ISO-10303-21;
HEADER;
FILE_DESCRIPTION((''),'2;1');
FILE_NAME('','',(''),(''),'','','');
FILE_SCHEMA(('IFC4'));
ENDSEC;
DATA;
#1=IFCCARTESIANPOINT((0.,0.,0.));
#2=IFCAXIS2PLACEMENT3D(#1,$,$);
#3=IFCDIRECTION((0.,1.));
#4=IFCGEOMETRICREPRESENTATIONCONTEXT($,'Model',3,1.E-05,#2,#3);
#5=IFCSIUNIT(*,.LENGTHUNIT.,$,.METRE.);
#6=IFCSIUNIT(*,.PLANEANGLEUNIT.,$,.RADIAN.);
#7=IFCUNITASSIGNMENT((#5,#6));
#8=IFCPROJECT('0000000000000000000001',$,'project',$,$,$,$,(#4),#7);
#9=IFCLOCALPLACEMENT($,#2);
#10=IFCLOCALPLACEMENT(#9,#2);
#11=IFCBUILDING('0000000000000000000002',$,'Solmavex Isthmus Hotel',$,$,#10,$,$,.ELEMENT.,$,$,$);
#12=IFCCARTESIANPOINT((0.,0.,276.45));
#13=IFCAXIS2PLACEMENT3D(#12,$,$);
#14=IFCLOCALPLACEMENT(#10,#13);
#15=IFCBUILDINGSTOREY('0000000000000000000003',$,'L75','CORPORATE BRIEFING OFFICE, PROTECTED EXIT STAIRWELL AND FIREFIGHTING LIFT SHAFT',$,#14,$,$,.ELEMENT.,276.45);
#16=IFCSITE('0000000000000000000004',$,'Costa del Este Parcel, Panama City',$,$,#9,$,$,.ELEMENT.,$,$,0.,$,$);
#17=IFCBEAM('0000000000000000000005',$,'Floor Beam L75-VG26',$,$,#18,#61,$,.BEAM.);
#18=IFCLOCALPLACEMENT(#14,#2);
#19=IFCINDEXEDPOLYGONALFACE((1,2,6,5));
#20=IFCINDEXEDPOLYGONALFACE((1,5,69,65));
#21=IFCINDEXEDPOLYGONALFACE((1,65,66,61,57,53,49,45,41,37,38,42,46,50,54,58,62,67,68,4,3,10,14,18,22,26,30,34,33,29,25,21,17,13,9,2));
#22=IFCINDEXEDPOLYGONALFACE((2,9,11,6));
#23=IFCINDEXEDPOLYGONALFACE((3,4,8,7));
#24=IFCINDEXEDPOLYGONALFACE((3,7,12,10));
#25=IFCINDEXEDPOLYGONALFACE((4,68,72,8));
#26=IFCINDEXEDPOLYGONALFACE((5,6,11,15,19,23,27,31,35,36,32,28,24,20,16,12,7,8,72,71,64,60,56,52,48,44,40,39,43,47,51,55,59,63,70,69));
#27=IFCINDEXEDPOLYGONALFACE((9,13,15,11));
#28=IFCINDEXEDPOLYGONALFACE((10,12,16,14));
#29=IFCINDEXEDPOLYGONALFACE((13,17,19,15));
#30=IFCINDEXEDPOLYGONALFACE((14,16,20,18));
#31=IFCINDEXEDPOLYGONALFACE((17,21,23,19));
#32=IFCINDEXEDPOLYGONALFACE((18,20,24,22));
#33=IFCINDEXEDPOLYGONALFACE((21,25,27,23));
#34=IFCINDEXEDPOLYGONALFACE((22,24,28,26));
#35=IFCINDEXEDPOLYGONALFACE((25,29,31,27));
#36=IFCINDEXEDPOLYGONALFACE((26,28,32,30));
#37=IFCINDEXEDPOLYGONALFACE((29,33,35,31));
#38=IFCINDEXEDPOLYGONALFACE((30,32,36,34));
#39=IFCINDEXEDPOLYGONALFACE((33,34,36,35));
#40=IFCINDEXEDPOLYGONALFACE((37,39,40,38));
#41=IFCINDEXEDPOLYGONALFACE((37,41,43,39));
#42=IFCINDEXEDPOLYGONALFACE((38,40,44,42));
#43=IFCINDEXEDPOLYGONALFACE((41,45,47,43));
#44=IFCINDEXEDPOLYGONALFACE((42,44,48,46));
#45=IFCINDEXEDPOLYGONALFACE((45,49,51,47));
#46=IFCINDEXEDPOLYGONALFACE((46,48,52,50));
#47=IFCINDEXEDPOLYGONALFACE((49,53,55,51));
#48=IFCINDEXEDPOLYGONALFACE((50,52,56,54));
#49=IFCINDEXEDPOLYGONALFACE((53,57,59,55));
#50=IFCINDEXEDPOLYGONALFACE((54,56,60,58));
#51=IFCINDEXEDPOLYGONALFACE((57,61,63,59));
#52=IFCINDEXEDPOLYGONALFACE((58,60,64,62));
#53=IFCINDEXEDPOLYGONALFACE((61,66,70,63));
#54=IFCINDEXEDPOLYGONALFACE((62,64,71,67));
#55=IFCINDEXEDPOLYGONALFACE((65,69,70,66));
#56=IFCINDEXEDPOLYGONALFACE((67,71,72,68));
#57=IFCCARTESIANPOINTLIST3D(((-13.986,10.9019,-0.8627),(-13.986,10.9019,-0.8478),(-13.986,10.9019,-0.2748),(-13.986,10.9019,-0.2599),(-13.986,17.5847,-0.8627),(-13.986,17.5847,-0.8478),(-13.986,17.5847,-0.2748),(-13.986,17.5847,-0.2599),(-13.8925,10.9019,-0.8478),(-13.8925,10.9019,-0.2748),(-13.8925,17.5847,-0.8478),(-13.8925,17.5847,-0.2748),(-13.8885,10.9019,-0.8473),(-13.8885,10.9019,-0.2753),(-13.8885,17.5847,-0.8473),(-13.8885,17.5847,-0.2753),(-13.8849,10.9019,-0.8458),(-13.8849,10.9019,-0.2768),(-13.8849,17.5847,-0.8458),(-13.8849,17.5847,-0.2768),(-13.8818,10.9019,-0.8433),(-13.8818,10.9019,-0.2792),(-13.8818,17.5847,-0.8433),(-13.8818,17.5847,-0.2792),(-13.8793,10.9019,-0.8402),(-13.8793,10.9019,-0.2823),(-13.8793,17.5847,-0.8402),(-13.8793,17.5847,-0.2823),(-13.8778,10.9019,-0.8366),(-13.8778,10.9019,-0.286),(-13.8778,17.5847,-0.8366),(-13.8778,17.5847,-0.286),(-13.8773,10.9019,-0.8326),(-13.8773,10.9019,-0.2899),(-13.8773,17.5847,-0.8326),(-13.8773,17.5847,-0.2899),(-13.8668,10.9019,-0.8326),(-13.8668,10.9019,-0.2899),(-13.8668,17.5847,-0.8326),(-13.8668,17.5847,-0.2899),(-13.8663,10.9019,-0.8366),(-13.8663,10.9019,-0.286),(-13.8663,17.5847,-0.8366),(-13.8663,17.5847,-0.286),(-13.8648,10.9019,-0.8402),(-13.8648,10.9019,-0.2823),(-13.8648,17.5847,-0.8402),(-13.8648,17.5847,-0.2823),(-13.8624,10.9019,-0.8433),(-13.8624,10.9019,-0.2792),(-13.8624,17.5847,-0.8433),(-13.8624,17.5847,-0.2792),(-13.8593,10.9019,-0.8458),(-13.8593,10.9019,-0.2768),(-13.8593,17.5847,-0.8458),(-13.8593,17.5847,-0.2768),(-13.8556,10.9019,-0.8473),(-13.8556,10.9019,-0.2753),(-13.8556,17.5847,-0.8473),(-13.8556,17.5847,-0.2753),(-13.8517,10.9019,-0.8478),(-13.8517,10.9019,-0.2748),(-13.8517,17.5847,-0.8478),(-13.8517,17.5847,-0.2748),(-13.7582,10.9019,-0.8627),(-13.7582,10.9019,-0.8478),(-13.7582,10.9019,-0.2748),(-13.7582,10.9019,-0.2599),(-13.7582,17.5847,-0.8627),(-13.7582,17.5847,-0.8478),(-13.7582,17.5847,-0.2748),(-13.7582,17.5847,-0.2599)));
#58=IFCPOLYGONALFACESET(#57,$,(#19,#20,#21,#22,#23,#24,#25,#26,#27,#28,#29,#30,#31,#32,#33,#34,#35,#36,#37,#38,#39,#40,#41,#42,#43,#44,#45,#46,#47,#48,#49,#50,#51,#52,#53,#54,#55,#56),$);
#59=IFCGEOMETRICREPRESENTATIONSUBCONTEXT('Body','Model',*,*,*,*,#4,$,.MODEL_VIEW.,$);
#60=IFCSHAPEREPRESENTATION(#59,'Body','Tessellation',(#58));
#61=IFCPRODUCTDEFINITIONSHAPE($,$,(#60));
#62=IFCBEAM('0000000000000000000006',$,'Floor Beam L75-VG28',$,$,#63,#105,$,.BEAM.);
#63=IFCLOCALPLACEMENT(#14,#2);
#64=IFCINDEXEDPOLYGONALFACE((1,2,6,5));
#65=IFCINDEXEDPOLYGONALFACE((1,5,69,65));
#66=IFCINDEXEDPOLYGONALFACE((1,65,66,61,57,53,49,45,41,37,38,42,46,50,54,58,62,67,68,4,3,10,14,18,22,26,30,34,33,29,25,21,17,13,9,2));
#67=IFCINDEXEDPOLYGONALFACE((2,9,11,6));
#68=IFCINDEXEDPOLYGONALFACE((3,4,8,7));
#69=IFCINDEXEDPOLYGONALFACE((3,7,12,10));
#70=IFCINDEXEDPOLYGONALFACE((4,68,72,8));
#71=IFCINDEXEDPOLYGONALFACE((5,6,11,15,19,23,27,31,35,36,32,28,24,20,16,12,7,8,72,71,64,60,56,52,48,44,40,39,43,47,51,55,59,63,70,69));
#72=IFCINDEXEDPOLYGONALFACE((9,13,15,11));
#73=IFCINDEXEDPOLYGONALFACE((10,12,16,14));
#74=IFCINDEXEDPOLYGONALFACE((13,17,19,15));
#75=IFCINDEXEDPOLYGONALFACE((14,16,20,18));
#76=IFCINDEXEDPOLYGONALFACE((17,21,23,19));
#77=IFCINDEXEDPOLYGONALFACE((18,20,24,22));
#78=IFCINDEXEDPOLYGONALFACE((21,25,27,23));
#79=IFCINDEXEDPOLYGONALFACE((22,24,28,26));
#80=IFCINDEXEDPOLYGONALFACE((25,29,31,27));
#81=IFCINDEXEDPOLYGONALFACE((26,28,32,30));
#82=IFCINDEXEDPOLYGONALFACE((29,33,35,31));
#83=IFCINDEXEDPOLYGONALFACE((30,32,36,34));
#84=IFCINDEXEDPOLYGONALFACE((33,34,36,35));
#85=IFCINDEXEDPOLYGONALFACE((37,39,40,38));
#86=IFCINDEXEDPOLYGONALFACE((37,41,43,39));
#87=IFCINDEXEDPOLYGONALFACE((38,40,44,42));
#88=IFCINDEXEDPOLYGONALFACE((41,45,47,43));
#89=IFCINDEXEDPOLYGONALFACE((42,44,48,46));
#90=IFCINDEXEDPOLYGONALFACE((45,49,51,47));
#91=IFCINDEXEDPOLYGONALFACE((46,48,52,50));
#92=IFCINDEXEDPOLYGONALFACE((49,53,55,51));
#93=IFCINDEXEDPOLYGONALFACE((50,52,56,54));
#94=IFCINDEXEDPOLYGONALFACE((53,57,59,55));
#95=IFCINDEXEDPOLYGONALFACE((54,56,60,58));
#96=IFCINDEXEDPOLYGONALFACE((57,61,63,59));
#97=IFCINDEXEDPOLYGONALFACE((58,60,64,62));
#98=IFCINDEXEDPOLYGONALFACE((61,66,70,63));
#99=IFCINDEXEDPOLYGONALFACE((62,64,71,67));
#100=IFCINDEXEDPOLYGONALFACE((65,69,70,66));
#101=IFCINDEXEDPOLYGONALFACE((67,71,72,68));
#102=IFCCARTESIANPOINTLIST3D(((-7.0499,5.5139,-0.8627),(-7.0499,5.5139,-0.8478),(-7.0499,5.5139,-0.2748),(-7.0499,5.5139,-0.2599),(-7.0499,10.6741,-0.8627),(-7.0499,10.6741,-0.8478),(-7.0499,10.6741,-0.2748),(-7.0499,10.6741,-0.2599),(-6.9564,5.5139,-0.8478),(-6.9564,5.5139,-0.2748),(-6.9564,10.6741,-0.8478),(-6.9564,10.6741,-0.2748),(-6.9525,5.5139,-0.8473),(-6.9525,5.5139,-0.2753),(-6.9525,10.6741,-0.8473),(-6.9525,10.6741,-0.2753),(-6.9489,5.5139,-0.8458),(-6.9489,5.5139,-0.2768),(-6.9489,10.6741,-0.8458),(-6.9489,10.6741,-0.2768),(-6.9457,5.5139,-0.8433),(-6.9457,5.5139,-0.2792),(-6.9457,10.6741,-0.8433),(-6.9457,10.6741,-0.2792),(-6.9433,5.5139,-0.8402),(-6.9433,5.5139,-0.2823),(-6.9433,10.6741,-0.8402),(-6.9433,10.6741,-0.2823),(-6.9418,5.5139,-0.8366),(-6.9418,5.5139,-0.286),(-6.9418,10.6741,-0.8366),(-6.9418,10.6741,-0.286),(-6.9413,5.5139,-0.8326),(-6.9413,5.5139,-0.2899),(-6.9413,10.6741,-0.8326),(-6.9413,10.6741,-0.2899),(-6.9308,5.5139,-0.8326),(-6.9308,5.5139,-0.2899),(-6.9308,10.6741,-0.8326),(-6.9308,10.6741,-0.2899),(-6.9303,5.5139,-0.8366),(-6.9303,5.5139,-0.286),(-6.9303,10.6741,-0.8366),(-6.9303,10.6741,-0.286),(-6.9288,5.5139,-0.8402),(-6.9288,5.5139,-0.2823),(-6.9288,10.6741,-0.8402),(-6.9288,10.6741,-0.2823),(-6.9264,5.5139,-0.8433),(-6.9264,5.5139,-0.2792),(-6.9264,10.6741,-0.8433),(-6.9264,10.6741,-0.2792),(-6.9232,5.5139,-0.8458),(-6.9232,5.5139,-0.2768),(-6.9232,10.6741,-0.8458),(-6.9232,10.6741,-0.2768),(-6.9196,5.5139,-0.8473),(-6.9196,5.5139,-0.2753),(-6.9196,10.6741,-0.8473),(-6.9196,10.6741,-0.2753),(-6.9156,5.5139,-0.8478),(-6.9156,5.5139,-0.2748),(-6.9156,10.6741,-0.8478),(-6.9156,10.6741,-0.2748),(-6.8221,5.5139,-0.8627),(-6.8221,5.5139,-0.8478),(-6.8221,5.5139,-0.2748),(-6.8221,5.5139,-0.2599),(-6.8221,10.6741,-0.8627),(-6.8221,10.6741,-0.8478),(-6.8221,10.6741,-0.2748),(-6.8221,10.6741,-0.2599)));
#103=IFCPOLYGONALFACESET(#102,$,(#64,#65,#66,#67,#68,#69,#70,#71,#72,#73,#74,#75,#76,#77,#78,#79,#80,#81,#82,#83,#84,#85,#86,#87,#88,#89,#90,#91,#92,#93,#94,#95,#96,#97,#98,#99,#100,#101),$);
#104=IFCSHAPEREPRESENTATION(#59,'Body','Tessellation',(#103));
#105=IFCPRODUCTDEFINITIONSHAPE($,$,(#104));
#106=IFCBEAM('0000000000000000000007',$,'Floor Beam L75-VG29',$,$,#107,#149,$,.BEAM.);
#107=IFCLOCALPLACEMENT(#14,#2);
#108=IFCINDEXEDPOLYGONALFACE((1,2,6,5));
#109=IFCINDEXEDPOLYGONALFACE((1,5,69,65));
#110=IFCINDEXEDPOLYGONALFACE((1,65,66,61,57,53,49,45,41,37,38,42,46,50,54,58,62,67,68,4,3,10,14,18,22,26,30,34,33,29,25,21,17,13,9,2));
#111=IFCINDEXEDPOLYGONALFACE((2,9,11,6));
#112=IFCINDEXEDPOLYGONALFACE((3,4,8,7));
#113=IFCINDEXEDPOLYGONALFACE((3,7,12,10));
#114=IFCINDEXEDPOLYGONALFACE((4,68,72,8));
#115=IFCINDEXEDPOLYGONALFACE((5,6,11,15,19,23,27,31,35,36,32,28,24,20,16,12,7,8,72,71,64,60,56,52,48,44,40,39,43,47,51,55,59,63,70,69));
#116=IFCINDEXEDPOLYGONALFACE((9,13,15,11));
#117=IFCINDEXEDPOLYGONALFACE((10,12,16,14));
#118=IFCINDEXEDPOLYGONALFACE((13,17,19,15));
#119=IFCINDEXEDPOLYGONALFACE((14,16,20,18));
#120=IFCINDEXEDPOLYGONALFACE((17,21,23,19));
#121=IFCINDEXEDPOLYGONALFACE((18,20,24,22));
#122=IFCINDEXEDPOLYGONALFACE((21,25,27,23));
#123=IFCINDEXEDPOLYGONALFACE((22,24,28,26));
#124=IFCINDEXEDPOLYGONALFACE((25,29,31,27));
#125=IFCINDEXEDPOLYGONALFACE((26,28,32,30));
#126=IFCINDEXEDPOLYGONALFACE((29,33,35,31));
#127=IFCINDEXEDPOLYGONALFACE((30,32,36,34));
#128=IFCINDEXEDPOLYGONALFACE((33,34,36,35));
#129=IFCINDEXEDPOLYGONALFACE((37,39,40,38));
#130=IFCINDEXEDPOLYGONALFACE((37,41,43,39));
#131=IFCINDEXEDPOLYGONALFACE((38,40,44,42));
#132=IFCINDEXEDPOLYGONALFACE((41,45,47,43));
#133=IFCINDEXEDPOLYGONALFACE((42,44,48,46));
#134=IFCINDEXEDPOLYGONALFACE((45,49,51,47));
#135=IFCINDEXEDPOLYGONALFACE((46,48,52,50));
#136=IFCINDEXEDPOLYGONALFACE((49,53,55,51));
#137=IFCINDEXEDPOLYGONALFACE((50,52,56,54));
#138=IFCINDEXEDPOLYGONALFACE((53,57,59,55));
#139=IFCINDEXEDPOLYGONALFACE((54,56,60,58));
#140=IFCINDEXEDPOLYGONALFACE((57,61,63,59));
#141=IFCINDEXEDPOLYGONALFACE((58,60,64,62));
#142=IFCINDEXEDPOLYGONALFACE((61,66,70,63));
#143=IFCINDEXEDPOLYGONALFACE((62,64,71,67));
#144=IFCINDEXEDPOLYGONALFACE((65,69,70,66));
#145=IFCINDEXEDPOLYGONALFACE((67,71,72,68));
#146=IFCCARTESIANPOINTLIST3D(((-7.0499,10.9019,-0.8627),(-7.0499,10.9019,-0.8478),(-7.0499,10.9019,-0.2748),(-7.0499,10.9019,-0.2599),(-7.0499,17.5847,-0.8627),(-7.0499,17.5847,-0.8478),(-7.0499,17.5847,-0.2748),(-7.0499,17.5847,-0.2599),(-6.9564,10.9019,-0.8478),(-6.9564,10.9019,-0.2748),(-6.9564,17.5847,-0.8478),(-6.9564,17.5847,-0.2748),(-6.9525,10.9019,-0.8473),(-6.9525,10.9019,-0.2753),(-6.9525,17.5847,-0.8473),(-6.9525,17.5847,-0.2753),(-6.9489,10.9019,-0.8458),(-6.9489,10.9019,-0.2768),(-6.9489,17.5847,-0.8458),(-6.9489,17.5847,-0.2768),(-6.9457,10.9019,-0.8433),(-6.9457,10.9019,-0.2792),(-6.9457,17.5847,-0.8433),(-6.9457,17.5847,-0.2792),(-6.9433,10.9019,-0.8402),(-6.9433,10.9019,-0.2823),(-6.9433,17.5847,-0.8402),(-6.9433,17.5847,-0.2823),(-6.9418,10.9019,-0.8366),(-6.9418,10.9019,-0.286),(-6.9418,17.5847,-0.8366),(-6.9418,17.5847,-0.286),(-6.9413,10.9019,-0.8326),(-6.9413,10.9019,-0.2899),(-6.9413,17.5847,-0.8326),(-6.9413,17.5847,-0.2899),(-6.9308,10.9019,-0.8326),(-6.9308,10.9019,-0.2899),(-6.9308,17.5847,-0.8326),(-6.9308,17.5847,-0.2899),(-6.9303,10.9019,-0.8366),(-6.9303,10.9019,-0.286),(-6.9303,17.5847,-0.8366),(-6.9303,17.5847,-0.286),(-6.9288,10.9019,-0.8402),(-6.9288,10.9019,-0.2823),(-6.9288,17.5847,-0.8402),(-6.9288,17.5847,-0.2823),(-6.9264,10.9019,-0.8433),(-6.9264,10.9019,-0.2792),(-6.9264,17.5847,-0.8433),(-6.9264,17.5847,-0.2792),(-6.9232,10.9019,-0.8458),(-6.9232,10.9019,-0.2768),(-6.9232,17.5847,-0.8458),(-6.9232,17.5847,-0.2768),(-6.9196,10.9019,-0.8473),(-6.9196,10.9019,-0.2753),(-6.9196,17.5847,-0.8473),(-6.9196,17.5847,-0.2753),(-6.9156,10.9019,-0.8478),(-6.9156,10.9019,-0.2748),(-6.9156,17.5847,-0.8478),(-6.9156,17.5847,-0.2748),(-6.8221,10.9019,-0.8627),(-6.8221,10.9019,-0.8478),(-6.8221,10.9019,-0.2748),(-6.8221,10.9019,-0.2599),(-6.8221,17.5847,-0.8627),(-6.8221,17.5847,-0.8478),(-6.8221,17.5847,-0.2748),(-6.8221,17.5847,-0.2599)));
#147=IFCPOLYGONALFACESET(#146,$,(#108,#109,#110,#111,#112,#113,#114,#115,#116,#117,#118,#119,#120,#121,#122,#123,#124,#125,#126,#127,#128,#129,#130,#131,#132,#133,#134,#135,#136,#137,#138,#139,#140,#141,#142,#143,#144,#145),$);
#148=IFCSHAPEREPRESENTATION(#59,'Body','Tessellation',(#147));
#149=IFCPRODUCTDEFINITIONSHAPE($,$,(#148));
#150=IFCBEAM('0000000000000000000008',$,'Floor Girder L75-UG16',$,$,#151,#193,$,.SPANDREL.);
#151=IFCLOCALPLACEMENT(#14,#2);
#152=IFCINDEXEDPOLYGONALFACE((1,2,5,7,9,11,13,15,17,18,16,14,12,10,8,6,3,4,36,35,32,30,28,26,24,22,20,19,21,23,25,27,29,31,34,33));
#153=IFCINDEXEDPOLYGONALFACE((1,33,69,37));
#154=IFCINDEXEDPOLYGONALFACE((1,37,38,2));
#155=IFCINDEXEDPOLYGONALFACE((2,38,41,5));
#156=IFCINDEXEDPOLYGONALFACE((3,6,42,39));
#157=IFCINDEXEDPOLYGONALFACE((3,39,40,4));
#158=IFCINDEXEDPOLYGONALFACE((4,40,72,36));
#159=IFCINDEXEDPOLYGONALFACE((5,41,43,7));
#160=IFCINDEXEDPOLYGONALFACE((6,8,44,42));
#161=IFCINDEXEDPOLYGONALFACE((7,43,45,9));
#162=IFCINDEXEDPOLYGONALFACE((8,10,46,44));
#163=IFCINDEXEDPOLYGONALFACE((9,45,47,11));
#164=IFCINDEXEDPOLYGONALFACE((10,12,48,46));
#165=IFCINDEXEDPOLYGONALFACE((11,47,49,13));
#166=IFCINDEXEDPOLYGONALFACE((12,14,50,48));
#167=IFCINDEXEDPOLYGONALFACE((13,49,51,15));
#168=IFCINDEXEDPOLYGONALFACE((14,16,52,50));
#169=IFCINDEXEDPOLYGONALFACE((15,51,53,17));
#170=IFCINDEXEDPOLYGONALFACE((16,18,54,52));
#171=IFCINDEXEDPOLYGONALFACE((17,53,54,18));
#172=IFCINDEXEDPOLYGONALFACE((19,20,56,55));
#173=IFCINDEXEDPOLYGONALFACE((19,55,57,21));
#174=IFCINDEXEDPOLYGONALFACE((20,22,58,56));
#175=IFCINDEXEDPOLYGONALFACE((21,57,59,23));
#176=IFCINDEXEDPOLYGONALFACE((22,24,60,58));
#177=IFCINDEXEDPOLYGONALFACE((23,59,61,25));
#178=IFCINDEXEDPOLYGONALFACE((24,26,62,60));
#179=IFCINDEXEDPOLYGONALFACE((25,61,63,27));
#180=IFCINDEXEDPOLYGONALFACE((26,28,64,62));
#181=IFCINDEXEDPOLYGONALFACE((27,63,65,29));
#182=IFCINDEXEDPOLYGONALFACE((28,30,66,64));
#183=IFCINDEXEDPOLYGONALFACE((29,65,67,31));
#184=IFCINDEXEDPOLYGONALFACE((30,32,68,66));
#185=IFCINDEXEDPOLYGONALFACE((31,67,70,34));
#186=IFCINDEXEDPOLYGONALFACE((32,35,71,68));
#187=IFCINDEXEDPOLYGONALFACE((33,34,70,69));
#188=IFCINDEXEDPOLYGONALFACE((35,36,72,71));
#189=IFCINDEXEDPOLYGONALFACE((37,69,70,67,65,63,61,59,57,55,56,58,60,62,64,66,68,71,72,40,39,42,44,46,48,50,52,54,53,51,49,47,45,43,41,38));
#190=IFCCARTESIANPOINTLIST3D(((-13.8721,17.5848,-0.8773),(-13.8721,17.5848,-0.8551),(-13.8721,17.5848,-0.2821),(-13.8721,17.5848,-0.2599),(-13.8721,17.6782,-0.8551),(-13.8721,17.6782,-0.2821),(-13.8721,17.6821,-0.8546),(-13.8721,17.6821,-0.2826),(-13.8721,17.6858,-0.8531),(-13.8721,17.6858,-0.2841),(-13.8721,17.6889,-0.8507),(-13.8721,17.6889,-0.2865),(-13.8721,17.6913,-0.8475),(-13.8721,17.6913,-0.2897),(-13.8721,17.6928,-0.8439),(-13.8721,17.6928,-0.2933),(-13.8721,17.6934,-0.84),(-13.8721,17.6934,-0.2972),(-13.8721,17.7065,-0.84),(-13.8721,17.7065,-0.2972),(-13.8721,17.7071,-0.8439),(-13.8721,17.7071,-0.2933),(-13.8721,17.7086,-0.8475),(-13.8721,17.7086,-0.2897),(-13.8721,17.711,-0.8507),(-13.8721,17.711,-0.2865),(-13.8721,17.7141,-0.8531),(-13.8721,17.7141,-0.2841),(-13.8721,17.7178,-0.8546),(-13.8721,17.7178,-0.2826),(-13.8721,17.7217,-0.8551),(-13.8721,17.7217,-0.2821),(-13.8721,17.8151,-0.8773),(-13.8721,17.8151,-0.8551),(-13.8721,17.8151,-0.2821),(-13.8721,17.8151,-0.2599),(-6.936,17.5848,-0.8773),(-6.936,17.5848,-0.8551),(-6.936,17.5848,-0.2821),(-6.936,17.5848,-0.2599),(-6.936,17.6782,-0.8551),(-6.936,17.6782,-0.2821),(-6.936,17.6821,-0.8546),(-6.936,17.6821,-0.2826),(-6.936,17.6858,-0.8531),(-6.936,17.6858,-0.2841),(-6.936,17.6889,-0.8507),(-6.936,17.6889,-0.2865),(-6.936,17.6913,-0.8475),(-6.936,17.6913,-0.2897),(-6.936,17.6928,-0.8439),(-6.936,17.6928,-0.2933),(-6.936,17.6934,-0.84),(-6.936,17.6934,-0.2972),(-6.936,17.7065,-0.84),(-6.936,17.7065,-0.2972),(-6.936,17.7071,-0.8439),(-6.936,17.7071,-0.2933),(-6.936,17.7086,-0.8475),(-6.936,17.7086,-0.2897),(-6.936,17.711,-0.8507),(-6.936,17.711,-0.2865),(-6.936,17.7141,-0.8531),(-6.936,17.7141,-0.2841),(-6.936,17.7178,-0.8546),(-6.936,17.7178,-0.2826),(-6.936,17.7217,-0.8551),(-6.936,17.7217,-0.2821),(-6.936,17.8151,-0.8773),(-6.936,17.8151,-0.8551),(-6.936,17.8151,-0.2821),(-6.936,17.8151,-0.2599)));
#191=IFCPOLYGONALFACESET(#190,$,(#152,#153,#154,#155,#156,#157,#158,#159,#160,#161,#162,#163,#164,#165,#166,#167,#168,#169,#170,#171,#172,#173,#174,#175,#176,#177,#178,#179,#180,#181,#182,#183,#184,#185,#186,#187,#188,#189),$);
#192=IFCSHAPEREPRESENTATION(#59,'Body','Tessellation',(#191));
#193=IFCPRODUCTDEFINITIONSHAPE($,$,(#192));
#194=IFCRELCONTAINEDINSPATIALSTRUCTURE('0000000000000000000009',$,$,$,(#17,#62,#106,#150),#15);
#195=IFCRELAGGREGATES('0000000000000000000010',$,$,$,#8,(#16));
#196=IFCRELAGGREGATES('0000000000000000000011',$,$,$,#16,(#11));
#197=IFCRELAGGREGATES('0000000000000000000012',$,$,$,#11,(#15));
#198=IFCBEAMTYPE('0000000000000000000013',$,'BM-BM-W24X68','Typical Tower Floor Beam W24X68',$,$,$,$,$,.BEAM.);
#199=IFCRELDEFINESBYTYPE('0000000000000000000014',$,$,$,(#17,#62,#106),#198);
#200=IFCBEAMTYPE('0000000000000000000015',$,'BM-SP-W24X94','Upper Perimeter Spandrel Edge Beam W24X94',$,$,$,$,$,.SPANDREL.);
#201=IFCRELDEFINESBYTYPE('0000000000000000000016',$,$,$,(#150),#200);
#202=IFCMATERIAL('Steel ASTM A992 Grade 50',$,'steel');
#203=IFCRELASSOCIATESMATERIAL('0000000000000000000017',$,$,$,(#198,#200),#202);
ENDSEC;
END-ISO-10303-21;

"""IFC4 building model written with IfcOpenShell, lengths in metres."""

from ifc_helpers import new_model, si_unit, direction, frame, origin, origin_2d, place, context, subcontext, project, spatial, i_section, extrude, material, material_profile, profile_set, type_object, element, save


model = new_model("IFC4")

# Units and contexts
model_context = context("Model", 3, precision=1e-05, world=origin(), true_north=direction((0.0, 1.0)))
body_context = subcontext(model_context, "Body", "Model", "MODEL_VIEW")
ifc_project = project(units=[si_unit("LENGTHUNIT", "METRE"), si_unit("PLANEANGLEUNIT", "RADIAN")], contexts=[model_context])

# Site, building, storey
site_placement = place(None, origin())
site = spatial("IfcSite", under=ifc_project, at=site_placement, Name="Costa del Este Parcel, Panama City", CompositionType="ELEMENT", RefElevation=0.0)
building_placement = place(site_placement, origin())
building = spatial("IfcBuilding", under=site, at=building_placement, Name="Solmavex Isthmus Hotel", CompositionType="ELEMENT")
storey_placement = place(building_placement, frame((0.0, 0.0, 276.45)))
storey = spatial("IfcBuildingStorey", under=building, at=storey_placement, Name="L75", Description="CORPORATE BRIEFING OFFICE, PROTECTED EXIT STAIRWELL AND FIREFIGHTING LIFT SHAFT", CompositionType="ELEMENT", Elevation=276.45)

# Beams
ifc_material_1 = material(Name="Steel ASTM A992 Grade 50", Category="steel")
ifc_material_profile_1 = material_profile(ifc_material_1, i_section(OverallWidth=0.2278, OverallDepth=0.6028, WebThickness=0.0105, FlangeThickness=0.0149, FilletRadius=0.0151, at=origin_2d()), Name="W24X68")
ifc_profile_set_1 = profile_set([ifc_material_profile_1], Name="Steel ASTM A992 Grade 50")
beam_type_1 = type_object("IfcBeamType", Name="BM-BM-W24X68", Description="Typical Tower Floor Beam W24X68", PredefinedType="BEAM", material=ifc_profile_set_1)
beam_1_placement = place(storey_placement, frame((-13.8721, 10.9019, -0.5613), z_axis=(0.0, 1.0, 0.0), x_axis=(-1.0, 0.0, 0.0)))
element("IfcBeam", 1, at=beam_1_placement, inside=storey, type_object=beam_type_1, Name="Floor Beam L75-VG26", PredefinedType="BEAM", context=body_context, shape_type="SweptSolid", body=[
    extrude(i_section(OverallWidth=0.2278, OverallDepth=0.6028, WebThickness=0.0105, FlangeThickness=0.0149, FilletRadius=0.0151, at=origin_2d()), origin(), (0.0, 0.0, 1.0), 6.6829),
])
beam_2_placement = place(storey_placement, frame((-6.936, 5.5139, -0.5613), z_axis=(0.0, 1.0, 0.0), x_axis=(-1.0, 0.0, 0.0)))
element("IfcBeam", 2, at=beam_2_placement, inside=storey, type_object=beam_type_1, Name="Floor Beam L75-VG28", PredefinedType="BEAM", context=body_context, shape_type="SweptSolid", body=[
    extrude(i_section(OverallWidth=0.2278, OverallDepth=0.6028, WebThickness=0.0105, FlangeThickness=0.0149, FilletRadius=0.0151, at=origin_2d()), origin(), (0.0, 0.0, 1.0), 5.1602),
])
beam_3_placement = place(storey_placement, frame((-6.936, 10.9019, -0.5613), z_axis=(0.0, 1.0, 0.0), x_axis=(-1.0, 0.0, 0.0)))
element("IfcBeam", 3, at=beam_3_placement, inside=storey, type_object=beam_type_1, Name="Floor Beam L75-VG29", PredefinedType="BEAM", context=body_context, shape_type="SweptSolid", body=[
    extrude(i_section(OverallWidth=0.2278, OverallDepth=0.6028, WebThickness=0.0105, FlangeThickness=0.0149, FilletRadius=0.0151, at=origin_2d()), origin(), (0.0, 0.0, 1.0), 6.6829),
])
ifc_material_profile_2 = material_profile(ifc_material_1, i_section(OverallWidth=0.2302, OverallDepth=0.6174, WebThickness=0.0132, FlangeThickness=0.0222, FilletRadius=0.0151, at=origin_2d()), Name="W24X94")
ifc_profile_set_2 = profile_set([ifc_material_profile_2], Name="Steel ASTM A992 Grade 50")
beam_type_2 = type_object("IfcBeamType", Name="BM-SP-W24X94", Description="Upper Perimeter Spandrel Edge Beam W24X94", PredefinedType="SPANDREL", material=ifc_profile_set_2)
beam_4_placement = place(storey_placement, frame((-13.8721, 17.7, -0.5686), z_axis=(1.0, 0.0, 0.0), x_axis=(0.0, 1.0, 0.0)))
element("IfcBeam", 4, at=beam_4_placement, inside=storey, type_object=beam_type_2, Name="Floor Girder L75-UG16", PredefinedType="SPANDREL", context=body_context, shape_type="SweptSolid", body=[
    extrude(i_section(OverallWidth=0.2302, OverallDepth=0.6174, WebThickness=0.0132, FlangeThickness=0.0222, FilletRadius=0.0151, at=origin_2d()), origin(), (0.0, 0.0, 1.0), 6.936),
])

save(model, "model.ifc")
